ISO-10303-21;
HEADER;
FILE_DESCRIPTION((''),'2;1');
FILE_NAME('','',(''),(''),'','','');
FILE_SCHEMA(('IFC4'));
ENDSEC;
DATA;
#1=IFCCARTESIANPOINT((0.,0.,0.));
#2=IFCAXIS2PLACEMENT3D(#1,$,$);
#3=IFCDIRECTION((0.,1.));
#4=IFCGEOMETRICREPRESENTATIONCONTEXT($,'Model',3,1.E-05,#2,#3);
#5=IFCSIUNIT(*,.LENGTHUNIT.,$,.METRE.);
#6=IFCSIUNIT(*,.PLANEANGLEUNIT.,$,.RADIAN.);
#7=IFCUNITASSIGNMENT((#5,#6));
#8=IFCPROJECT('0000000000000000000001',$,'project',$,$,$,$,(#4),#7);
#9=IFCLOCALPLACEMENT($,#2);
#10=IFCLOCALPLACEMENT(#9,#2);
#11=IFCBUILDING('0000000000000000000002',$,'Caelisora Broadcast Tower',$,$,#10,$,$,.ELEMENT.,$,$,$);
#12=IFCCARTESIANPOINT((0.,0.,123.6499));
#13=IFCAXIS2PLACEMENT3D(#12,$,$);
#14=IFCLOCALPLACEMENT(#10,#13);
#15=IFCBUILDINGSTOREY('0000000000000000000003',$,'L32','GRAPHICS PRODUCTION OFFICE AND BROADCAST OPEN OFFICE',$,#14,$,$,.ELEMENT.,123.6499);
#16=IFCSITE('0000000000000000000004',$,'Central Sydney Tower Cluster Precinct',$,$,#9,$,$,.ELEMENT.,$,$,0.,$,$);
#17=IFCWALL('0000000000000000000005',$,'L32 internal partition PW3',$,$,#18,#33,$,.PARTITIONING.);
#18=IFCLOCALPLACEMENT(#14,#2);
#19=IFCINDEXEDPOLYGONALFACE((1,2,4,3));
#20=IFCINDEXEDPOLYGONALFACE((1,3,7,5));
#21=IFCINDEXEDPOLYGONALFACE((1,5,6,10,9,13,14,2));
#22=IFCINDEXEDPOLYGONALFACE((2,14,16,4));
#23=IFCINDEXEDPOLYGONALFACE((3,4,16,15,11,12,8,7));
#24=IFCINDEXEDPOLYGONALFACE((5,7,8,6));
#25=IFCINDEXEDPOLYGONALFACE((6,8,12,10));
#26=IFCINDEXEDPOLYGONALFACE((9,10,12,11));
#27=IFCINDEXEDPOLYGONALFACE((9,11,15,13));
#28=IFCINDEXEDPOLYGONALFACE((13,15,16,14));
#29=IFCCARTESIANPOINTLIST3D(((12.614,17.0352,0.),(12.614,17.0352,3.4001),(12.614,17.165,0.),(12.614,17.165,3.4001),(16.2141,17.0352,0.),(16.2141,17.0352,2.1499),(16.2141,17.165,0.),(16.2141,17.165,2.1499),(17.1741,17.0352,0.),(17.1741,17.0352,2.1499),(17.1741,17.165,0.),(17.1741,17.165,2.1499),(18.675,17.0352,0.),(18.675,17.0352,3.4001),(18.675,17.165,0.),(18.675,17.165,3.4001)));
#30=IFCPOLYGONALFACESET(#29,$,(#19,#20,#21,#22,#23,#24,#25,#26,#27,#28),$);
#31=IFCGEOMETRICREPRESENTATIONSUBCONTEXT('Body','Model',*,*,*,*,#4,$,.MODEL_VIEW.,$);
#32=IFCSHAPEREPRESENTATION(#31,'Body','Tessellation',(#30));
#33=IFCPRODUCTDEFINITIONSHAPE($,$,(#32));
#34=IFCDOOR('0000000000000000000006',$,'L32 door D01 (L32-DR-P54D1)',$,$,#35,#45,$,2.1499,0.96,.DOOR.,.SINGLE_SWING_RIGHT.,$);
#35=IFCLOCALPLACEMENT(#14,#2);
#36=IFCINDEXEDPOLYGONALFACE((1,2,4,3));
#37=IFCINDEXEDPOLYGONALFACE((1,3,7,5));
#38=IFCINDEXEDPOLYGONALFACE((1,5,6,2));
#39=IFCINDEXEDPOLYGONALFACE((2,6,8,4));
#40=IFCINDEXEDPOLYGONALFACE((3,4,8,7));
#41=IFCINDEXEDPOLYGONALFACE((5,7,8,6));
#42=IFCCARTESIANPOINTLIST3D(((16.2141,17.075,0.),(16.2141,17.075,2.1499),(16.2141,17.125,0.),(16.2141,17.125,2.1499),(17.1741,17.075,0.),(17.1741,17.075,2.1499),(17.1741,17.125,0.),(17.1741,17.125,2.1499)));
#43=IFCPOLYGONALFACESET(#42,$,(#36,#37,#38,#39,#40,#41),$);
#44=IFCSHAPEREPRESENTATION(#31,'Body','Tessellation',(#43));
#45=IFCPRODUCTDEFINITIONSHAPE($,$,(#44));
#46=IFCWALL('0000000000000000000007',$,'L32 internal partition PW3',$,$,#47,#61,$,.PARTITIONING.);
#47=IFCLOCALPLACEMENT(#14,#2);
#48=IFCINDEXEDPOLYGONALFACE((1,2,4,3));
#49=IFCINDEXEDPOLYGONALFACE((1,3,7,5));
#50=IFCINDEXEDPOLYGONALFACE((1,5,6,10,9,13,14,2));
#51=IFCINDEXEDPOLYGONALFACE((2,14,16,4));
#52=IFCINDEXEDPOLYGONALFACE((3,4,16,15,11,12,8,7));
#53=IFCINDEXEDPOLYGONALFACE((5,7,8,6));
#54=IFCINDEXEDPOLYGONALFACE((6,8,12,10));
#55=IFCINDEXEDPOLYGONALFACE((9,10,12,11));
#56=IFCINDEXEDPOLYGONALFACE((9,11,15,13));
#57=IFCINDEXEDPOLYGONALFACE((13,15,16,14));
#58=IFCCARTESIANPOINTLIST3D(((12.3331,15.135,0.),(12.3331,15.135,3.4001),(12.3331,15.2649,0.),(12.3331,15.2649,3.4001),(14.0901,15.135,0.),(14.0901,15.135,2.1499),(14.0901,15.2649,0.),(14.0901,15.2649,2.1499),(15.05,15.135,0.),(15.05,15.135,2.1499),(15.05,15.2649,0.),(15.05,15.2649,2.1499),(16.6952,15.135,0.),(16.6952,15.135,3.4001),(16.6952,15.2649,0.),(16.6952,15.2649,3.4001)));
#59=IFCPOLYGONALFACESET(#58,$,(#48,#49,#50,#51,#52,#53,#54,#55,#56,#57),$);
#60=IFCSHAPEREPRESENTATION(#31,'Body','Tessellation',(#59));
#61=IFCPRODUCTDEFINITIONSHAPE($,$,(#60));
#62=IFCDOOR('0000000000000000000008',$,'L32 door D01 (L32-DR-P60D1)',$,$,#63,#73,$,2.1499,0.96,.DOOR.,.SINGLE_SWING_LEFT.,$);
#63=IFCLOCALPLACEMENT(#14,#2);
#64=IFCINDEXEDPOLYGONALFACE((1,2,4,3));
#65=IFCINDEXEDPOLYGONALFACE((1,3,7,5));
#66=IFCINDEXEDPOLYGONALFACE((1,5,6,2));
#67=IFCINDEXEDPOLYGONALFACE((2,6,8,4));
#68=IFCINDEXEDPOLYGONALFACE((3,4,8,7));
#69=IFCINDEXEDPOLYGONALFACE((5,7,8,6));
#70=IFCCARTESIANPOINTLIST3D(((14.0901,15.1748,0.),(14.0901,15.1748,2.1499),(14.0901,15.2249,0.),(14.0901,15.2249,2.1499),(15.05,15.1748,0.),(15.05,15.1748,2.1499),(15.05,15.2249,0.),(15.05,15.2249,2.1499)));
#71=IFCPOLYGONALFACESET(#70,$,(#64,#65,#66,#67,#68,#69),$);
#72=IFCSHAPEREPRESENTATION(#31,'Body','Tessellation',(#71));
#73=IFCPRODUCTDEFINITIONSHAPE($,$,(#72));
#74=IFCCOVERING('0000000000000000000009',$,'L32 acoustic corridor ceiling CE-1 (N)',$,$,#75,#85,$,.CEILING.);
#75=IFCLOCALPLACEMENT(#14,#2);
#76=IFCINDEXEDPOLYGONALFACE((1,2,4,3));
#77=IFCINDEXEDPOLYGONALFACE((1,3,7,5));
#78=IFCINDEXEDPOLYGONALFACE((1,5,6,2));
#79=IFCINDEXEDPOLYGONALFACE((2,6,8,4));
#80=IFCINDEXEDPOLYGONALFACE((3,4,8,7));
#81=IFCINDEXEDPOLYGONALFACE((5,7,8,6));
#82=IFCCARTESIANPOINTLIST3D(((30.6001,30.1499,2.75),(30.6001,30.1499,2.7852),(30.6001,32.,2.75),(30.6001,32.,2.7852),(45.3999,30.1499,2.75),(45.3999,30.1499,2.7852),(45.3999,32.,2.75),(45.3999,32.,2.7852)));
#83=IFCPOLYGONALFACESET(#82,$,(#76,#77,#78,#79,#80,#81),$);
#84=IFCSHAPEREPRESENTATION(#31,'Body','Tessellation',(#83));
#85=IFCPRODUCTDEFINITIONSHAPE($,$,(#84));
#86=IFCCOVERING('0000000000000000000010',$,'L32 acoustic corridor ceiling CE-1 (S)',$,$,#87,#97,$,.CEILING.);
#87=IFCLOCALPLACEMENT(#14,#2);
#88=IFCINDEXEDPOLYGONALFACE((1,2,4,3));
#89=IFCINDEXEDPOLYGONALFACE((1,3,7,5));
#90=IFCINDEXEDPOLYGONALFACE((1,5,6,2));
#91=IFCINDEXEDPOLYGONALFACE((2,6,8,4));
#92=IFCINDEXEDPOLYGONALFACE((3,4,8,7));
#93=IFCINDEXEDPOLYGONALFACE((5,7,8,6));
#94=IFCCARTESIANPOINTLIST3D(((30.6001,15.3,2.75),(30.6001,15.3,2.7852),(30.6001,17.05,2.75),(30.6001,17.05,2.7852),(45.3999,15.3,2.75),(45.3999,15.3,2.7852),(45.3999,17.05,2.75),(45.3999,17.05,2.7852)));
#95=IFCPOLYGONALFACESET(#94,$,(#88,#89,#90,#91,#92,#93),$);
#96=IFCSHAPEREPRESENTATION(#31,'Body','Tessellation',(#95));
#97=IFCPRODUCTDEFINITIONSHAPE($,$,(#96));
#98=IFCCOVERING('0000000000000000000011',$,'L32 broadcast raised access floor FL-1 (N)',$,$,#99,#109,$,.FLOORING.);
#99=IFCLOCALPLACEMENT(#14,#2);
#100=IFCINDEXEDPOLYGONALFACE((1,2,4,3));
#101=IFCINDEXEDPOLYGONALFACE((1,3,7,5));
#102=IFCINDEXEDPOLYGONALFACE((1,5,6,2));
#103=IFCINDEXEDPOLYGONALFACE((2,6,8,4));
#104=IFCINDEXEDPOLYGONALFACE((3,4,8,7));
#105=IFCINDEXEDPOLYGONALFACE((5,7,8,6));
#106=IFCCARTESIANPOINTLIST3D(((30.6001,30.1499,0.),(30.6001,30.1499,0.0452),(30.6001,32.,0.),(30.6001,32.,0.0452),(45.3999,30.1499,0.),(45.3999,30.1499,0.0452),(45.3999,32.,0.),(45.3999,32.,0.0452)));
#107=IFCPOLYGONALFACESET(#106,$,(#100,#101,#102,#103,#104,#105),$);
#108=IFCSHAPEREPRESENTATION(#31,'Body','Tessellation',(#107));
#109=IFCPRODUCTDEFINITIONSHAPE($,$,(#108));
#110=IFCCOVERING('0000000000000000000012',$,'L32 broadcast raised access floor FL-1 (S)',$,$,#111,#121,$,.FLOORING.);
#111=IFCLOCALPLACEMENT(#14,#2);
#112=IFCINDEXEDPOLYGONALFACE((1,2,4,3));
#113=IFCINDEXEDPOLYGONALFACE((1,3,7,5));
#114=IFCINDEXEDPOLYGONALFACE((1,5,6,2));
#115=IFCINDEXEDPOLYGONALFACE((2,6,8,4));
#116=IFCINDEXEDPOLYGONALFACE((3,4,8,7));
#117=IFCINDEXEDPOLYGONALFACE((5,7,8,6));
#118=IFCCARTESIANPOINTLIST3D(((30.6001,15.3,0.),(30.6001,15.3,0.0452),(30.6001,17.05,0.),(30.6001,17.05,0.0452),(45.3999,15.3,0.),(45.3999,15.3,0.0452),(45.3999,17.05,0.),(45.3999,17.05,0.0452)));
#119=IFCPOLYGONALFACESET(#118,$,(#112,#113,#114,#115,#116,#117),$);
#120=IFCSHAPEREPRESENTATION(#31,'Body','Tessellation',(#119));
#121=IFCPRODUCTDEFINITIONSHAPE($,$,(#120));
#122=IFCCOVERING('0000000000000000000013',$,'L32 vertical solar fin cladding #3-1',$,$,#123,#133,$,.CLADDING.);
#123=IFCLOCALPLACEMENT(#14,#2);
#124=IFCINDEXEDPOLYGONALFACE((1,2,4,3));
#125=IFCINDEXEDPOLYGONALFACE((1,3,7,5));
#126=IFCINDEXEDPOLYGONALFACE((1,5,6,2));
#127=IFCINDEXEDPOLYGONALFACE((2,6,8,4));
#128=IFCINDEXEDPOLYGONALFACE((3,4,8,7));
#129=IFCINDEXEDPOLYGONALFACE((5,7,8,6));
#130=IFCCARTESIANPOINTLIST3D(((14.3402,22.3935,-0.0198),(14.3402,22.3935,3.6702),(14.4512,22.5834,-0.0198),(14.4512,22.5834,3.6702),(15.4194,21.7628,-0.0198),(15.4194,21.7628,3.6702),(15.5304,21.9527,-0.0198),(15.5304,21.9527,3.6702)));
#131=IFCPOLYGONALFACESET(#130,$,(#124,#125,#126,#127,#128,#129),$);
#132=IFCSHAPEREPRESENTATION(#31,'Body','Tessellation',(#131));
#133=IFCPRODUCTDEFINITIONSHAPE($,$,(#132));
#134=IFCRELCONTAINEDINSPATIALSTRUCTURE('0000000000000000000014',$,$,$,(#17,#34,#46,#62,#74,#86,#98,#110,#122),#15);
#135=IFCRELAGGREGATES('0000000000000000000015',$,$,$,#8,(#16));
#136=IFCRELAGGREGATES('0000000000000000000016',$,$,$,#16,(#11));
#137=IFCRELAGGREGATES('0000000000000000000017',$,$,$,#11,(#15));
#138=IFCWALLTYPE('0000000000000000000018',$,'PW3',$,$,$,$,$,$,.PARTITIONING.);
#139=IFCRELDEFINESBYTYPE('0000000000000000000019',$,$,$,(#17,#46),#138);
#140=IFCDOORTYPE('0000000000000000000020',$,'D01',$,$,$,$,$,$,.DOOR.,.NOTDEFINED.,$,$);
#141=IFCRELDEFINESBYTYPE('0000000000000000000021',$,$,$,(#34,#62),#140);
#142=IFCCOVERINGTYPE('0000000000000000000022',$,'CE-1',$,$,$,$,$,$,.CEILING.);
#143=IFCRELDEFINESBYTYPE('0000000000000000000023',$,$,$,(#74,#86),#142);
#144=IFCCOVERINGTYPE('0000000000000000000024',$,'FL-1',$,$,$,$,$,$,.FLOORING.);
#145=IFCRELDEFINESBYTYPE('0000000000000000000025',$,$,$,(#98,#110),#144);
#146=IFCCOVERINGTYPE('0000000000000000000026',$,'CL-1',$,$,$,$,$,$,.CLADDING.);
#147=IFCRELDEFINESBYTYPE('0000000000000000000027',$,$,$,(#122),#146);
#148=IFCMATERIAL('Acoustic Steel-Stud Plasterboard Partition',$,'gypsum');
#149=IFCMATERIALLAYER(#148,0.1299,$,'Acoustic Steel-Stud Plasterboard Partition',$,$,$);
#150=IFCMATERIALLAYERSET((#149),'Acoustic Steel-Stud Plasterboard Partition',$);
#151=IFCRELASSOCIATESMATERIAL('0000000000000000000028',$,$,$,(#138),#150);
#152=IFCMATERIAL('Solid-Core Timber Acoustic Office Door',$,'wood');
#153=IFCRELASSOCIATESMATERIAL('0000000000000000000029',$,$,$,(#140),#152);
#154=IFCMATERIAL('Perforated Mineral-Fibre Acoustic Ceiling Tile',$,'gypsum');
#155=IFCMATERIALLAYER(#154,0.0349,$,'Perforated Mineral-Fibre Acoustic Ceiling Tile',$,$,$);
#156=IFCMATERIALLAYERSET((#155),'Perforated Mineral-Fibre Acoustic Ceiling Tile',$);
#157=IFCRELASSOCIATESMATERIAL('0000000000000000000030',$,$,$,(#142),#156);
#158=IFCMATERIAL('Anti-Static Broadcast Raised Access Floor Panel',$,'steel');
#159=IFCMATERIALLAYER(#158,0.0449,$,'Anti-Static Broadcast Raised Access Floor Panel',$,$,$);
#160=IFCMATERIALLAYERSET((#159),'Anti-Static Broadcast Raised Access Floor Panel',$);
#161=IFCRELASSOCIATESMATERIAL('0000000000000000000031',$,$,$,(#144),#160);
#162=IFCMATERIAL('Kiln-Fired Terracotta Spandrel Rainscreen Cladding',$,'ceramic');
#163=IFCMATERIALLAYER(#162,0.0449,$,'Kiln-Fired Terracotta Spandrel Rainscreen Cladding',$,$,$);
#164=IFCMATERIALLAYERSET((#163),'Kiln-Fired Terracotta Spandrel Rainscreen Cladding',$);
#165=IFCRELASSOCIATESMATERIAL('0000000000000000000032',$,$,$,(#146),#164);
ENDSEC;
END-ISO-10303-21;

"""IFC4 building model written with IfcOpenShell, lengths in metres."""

from ifc_helpers import new_model, si_unit, direction, frame, frame_2d, origin, origin_2d, place, context, subcontext, project, spatial, polyline, rectangle, outline, extrude, source, transform, mapped, material, layer, layer_set, type_object, type_shapes, element, fill, save


model = new_model("IFC4")

# Units and contexts
model_context = context("Model", 3, precision=1e-05, world=origin(), true_north=direction((0.0, 1.0)))
body_context = subcontext(model_context, "Body", "Model", "MODEL_VIEW")
ifc_project = project(units=[si_unit("LENGTHUNIT", "METRE"), si_unit("PLANEANGLEUNIT", "RADIAN")], contexts=[model_context])

# Site, building, storey
site_placement = place(None, origin())
site = spatial("IfcSite", under=ifc_project, at=site_placement, Name="Central Sydney Tower Cluster Precinct", CompositionType="ELEMENT", RefElevation=0.0)
building_placement = place(site_placement, origin())
building = spatial("IfcBuilding", under=site, at=building_placement, Name="Caelisora Broadcast Tower", CompositionType="ELEMENT")
storey_placement = place(building_placement, frame((0.0, 0.0, 123.6499)))
storey = spatial("IfcBuildingStorey", under=building, at=storey_placement, Name="L32", Description="GRAPHICS PRODUCTION OFFICE AND BROADCAST OPEN OFFICE", CompositionType="ELEMENT", Elevation=123.6499)

# Shared definitions
ifc_material_1 = material(Name="Acoustic Steel-Stud Plasterboard Partition", Category="gypsum")
ifc_layer_1 = layer(ifc_material_1, 0.1299, Name="Acoustic Steel-Stud Plasterboard Partition")
ifc_layer_set_1 = layer_set([ifc_layer_1], Name="Acoustic Steel-Stud Plasterboard Partition")
wall_type_1 = type_object("IfcWallType", Name="PW3", PredefinedType="PARTITIONING", material=ifc_layer_set_1)

# Walls, openings, doors
wall_1_placement = place(storey_placement, frame((12.614, 17.1001, 0.0), z_axis=(0.0, 0.0, 1.0), x_axis=(1.0, 0.0, 0.0)))
wall_1 = element("IfcWall", 1, at=wall_1_placement, inside=storey, type_object=wall_type_1, Name="L32 internal partition PW3", PredefinedType="PARTITIONING", context=body_context, shape_type="SweptSolid", body=[
    extrude(rectangle(XDim=6.061, YDim=0.1299, at=frame_2d((3.0305, 0.0))), origin(), (0.0, 0.0, 1.0), 3.4001),
])
opening_1_placement = place(wall_1_placement, frame((3.6001, 0.0, 0.0)))
opening_1 = element("IfcOpeningElement", 2, at=opening_1_placement, cuts=wall_1, PredefinedType="OPENING", context=body_context, shape_type="SweptSolid", body=[
    extrude(rectangle(XDim=0.96, YDim=2.1499, at=frame_2d((0.48, 1.075))), frame((0.0, 0.0769, 0.0), z_axis=(0.0, -1.0, 0.0), x_axis=(1.0, 0.0, 0.0)), (0.0, 0.0, 1.0), 0.1538),
])
ifc_material_2 = material(Name="Solid-Core Timber Acoustic Office Door", Category="wood")
door_type = type_object("IfcDoorType", Name="D01", OperationType="NOTDEFINED", PredefinedType="DOOR", material=ifc_material_2)
door_1_placement = place(opening_1_placement, origin())
door_1 = element("IfcDoor", 3, at=door_1_placement, inside=storey, type_object=door_type, Name="L32 door D01 (L32-DR-P54D1)", OperationType="SINGLE_SWING_RIGHT", OverallHeight=2.1499, OverallWidth=0.96, PredefinedType="DOOR", context=body_context, shape_type="SweptSolid", body=[
    extrude(rectangle(XDim=0.96, YDim=2.1499, at=frame_2d((0.48, 1.075))), frame((0.0, 0.0249, 0.0), z_axis=(0.0, -1.0, 0.0), x_axis=(1.0, 0.0, 0.0)), (0.0, 0.0, 1.0), 0.05),
])
fill(opening_1, door_1)
wall_2_placement = place(storey_placement, frame((12.333, 15.2, 0.0), z_axis=(0.0, 0.0, 1.0), x_axis=(1.0, 0.0, 0.0)))
wall_2 = element("IfcWall", 4, at=wall_2_placement, inside=storey, type_object=wall_type_1, Name="L32 internal partition PW3", PredefinedType="PARTITIONING", context=body_context, shape_type="SweptSolid", body=[
    extrude(rectangle(XDim=4.3621, YDim=0.1299, at=frame_2d((2.1812, 0.0))), origin(), (0.0, 0.0, 1.0), 3.4001),
])
opening_2_placement = place(wall_2_placement, frame((1.7571, 0.0, 0.0)))
opening_2 = element("IfcOpeningElement", 5, at=opening_2_placement, cuts=wall_2, PredefinedType="OPENING", context=body_context, shape_type="SweptSolid", body=[
    extrude(rectangle(XDim=0.96, YDim=2.1499, at=frame_2d((0.48, 1.075))), frame((0.0, 0.0769, 0.0), z_axis=(0.0, -1.0, 0.0), x_axis=(1.0, 0.0, 0.0)), (0.0, 0.0, 1.0), 0.1538),
])
door_2_placement = place(opening_2_placement, origin())
door_2 = element("IfcDoor", 6, at=door_2_placement, inside=storey, type_object=door_type, Name="L32 door D01 (L32-DR-P60D1)", OperationType="SINGLE_SWING_LEFT", OverallHeight=2.1499, OverallWidth=0.96, PredefinedType="DOOR", context=body_context, shape_type="SweptSolid", body=[
    extrude(rectangle(XDim=0.96, YDim=2.1499, at=frame_2d((0.48, 1.075))), frame((0.0, 0.0249, 0.0), z_axis=(0.0, -1.0, 0.0), x_axis=(1.0, 0.0, 0.0)), (0.0, 0.0, 1.0), 0.05),
])
fill(opening_2, door_2)

# Coverings
ifc_material_3 = material(Name="Perforated Mineral-Fibre Acoustic Ceiling Tile", Category="gypsum")
ifc_layer_2 = layer(ifc_material_3, 0.0349, Name="Perforated Mineral-Fibre Acoustic Ceiling Tile")
ifc_layer_set_2 = layer_set([ifc_layer_2], Name="Perforated Mineral-Fibre Acoustic Ceiling Tile")
covering_type_1 = type_object("IfcCoveringType", Name="CE-1", PredefinedType="CEILING", material=ifc_layer_set_2)
covering_1_placement = place(storey_placement, frame((0.0, 0.0, 2.75)))
element("IfcCovering", 7, at=covering_1_placement, inside=storey, type_object=covering_type_1, Name="L32 acoustic corridor ceiling CE-1 (N)", PredefinedType="CEILING", context=body_context, shape_type="SweptSolid", body=[
    extrude(outline(polyline([(30.6001, 30.1499), (45.3999, 30.1499), (45.3999, 32.0), (30.6001, 32.0), (30.6001, 30.1499)])), origin(), (0.0, 0.0, 1.0), 0.0352),
])
covering_2_placement = place(storey_placement, frame((0.0, 0.0, 2.75)))
element("IfcCovering", 8, at=covering_2_placement, inside=storey, type_object=covering_type_1, Name="L32 acoustic corridor ceiling CE-1 (S)", PredefinedType="CEILING", context=body_context, shape_type="SweptSolid", body=[
    extrude(outline(polyline([(30.6001, 15.3), (45.3999, 15.3), (45.3999, 17.05), (30.6001, 17.05), (30.6001, 15.3)])), origin(), (0.0, 0.0, 1.0), 0.0352),
])
ifc_material_4 = material(Name="Anti-Static Broadcast Raised Access Floor Panel", Category="steel")
ifc_layer_3 = layer(ifc_material_4, 0.0449, Name="Anti-Static Broadcast Raised Access Floor Panel")
ifc_layer_set_3 = layer_set([ifc_layer_3], Name="Anti-Static Broadcast Raised Access Floor Panel")
covering_type_2 = type_object("IfcCoveringType", Name="FL-1", PredefinedType="FLOORING", material=ifc_layer_set_3)
covering_3_placement = place(storey_placement, origin())
element("IfcCovering", 9, at=covering_3_placement, inside=storey, type_object=covering_type_2, Name="L32 broadcast raised access floor FL-1 (N)", PredefinedType="FLOORING", context=body_context, shape_type="SweptSolid", body=[
    extrude(outline(polyline([(30.6001, 30.1499), (45.3999, 30.1499), (45.3999, 32.0), (30.6001, 32.0), (30.6001, 30.1499)])), origin(), (0.0, 0.0, 1.0), 0.0452),
])
covering_4_placement = place(storey_placement, origin())
element("IfcCovering", 10, at=covering_4_placement, inside=storey, type_object=covering_type_2, Name="L32 broadcast raised access floor FL-1 (S)", PredefinedType="FLOORING", context=body_context, shape_type="SweptSolid", body=[
    extrude(outline(polyline([(30.6001, 15.3), (45.3999, 15.3), (45.3999, 17.05), (30.6001, 17.05), (30.6001, 15.3)])), origin(), (0.0, 0.0, 1.0), 0.0452),
])
ifc_material_5 = material(Name="Kiln-Fired Terracotta Spandrel Rainscreen Cladding", Category="ceramic")
ifc_layer_4 = layer(ifc_material_5, 0.0449, Name="Kiln-Fired Terracotta Spandrel Rainscreen Cladding")
ifc_layer_set_4 = layer_set([ifc_layer_4], Name="Kiln-Fired Terracotta Spandrel Rainscreen Cladding")
covering_type_3 = type_object("IfcCoveringType", Name="CL-1", PredefinedType="CLADDING", material=ifc_layer_set_4)
shared_shape_1 = source(origin(), body_context, "Body", "SweptSolid", [
    extrude(rectangle(XDim=0.22, YDim=1.25, at=origin_2d()), origin(), (0.0, 0.0, 1.0), 3.6899),
])
type_shapes(covering_type_3, [shared_shape_1])
covering_5_placement = place(storey_placement, frame((14.9353, 22.1731, -0.0198), z_axis=(0.0, 0.0, 1.0), x_axis=(0.504528, 0.863396, 0.0)))
element("IfcCovering", 11, at=covering_5_placement, inside=storey, type_object=covering_type_3, Name="L32 vertical solar fin cladding #3-1", PredefinedType="CLADDING", context=body_context, shape_type="MappedRepresentation", body=[
    mapped(shared_shape_1, transform((0.0, 0.0, 0.0), scale=1.0)),
])

save(model, "model.ifc")
